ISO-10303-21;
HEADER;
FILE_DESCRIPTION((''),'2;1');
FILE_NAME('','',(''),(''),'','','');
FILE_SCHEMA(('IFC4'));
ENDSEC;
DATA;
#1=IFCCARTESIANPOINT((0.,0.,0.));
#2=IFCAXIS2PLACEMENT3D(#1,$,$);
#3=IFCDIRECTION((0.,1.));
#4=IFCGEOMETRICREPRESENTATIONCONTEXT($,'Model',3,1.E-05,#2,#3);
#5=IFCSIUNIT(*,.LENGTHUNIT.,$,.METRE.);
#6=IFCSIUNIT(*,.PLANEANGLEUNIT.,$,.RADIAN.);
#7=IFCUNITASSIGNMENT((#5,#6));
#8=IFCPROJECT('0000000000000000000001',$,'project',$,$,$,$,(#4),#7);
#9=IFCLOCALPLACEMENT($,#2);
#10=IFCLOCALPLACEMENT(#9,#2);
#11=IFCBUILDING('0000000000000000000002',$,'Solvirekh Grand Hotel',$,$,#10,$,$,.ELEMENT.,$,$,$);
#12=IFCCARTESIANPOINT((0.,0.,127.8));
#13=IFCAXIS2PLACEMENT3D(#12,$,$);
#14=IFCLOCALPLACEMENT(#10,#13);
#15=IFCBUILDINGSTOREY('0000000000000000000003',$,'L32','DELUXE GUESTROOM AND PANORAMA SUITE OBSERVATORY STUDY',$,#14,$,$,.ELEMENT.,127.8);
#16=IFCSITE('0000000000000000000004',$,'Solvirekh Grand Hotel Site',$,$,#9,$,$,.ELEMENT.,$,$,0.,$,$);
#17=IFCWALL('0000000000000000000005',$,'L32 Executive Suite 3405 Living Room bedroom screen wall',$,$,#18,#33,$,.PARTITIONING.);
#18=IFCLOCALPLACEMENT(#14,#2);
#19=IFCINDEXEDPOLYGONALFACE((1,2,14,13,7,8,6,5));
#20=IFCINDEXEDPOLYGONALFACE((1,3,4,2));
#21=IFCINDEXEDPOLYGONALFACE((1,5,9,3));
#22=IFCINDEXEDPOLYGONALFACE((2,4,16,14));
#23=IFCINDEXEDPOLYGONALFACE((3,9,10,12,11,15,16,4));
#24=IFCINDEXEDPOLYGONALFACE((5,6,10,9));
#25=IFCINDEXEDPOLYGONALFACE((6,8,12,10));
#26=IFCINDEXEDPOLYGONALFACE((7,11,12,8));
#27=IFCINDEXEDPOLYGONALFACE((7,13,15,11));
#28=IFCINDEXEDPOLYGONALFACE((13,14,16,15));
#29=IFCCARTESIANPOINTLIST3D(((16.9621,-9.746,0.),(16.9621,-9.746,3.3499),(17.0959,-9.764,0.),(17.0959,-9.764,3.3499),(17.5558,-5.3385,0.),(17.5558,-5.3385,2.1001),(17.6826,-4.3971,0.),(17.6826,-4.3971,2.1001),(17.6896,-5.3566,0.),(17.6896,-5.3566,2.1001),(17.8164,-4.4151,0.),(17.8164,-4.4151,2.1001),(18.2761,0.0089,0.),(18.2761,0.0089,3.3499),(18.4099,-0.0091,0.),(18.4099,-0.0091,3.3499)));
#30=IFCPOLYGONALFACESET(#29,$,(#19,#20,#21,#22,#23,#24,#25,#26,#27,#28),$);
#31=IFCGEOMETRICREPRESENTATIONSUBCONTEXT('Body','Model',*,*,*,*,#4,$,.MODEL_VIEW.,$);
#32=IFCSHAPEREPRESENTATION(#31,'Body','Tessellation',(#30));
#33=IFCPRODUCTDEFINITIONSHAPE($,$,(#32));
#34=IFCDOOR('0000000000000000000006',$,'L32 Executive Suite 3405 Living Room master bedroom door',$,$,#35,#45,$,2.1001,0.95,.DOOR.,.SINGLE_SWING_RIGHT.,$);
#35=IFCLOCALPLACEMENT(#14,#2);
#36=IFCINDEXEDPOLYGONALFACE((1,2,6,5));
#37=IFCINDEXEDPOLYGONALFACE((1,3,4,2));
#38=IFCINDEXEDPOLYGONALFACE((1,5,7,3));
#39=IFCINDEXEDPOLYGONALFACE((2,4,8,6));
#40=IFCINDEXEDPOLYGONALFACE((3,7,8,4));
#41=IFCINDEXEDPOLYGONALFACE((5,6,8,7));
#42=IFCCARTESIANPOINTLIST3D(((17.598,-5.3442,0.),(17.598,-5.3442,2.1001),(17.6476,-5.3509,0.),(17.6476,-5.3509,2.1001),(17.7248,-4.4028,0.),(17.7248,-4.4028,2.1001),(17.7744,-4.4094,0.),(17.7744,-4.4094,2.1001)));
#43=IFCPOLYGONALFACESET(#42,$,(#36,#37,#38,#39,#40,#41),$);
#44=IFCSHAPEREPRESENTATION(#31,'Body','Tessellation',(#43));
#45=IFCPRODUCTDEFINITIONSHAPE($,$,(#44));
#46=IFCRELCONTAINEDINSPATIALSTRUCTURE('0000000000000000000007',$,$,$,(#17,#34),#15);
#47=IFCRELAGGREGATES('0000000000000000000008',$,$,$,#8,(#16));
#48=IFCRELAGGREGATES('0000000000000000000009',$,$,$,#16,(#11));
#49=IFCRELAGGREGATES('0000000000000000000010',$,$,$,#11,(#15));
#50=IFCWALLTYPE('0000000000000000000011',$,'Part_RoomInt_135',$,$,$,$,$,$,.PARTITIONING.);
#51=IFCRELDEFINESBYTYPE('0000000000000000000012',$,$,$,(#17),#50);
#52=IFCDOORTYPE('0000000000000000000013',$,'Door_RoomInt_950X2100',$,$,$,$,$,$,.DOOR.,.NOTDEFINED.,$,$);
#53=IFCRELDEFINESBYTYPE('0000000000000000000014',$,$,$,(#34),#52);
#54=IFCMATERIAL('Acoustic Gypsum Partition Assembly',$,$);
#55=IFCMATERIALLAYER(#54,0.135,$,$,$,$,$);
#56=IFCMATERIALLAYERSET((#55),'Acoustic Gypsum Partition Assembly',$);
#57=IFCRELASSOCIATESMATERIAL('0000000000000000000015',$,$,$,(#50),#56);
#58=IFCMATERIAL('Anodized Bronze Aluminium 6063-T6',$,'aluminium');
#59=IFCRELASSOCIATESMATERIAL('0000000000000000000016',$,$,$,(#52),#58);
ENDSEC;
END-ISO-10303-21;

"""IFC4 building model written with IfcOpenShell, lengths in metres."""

from ifc_helpers import new_model, si_unit, direction, frame, frame_2d, origin, place, context, subcontext, project, spatial, rectangle, extrude, material, layer, layer_set, type_object, element, fill, save


model = new_model("IFC4")

# Units and contexts
model_context = context("Model", 3, precision=1e-05, world=origin(), true_north=direction((0.0, 1.0)))
body_context = subcontext(model_context, "Body", "Model", "MODEL_VIEW")
ifc_project = project(units=[si_unit("LENGTHUNIT", "METRE"), si_unit("PLANEANGLEUNIT", "RADIAN")], contexts=[model_context])

# Site, building, storey
site_placement = place(None, origin())
site = spatial("IfcSite", under=ifc_project, at=site_placement, Name="Solvirekh Grand Hotel Site", CompositionType="ELEMENT", RefElevation=0.0)
building_placement = place(site_placement, origin())
building = spatial("IfcBuilding", under=site, at=building_placement, Name="Solvirekh Grand Hotel", CompositionType="ELEMENT")
storey_placement = place(building_placement, frame((0.0, 0.0, 127.8)))
storey = spatial("IfcBuildingStorey", under=building, at=storey_placement, Name="L32", Description="DELUXE GUESTROOM AND PANORAMA SUITE OBSERVATORY STUDY", CompositionType="ELEMENT", Elevation=127.8)

# Shared definitions
ifc_material_1 = material(Name="Anodized Bronze Aluminium 6063-T6", Category="aluminium")

# Wall, opening, door
ifc_material_2 = material(Name="Acoustic Gypsum Partition Assembly")
ifc_layer_1 = layer(ifc_material_2, 0.135)
ifc_layer_set_1 = layer_set([ifc_layer_1], Name="Acoustic Gypsum Partition Assembly")
wall_type_1 = type_object("IfcWallType", Name="Part_RoomInt_135", PredefinedType="PARTITIONING", material=ifc_layer_set_1)
wall_1_placement = place(storey_placement, frame((17.0291, -9.7549, 0.0), z_axis=(0.0, 0.0, 1.0), x_axis=(0.133493, 0.99105, 0.0)))
wall_1 = element("IfcWall", 1, at=wall_1_placement, inside=storey, type_object=wall_type_1, Name="L32 Executive Suite 3405 Living Room bedroom screen wall", PredefinedType="PARTITIONING", context=body_context, shape_type="SweptSolid", body=[
    extrude(rectangle(XDim=9.843, YDim=0.135, at=frame_2d((4.9214, 0.0))), origin(), (0.0, 0.0, 1.0), 3.3499),
])
opening_1_placement = place(wall_1_placement, frame((4.447, 0.0, 0.0)))
opening_1 = element("IfcOpeningElement", 2, at=opening_1_placement, cuts=wall_1, PredefinedType="OPENING", context=body_context, shape_type="SweptSolid", body=[
    extrude(rectangle(XDim=0.95, YDim=2.1001, at=frame_2d((0.4751, 1.05))), frame((0.0, 0.0776, 0.0), z_axis=(0.0, -1.0, 0.0), x_axis=(1.0, 0.0, 0.0)), (0.0, 0.0, 1.0), 0.155),
])
door_type = type_object("IfcDoorType", Name="Door_RoomInt_950X2100", OperationType="NOTDEFINED", PredefinedType="DOOR", material=ifc_material_1)
door_placement = place(opening_1_placement, origin())
door = element("IfcDoor", 3, at=door_placement, inside=storey, type_object=door_type, Name="L32 Executive Suite 3405 Living Room master bedroom door", OperationType="SINGLE_SWING_RIGHT", OverallHeight=2.1001, OverallWidth=0.95, PredefinedType="DOOR", context=body_context, shape_type="SweptSolid", body=[
    extrude(rectangle(XDim=0.95, YDim=2.1001, at=frame_2d((0.4751, 1.05))), frame((0.0, 0.0249, 0.0), z_axis=(0.0, -1.0, 0.0), x_axis=(1.0, 0.0, 0.0)), (0.0, 0.0, 1.0), 0.05),
])
fill(opening_1, door)

save(model, "model.ifc")
